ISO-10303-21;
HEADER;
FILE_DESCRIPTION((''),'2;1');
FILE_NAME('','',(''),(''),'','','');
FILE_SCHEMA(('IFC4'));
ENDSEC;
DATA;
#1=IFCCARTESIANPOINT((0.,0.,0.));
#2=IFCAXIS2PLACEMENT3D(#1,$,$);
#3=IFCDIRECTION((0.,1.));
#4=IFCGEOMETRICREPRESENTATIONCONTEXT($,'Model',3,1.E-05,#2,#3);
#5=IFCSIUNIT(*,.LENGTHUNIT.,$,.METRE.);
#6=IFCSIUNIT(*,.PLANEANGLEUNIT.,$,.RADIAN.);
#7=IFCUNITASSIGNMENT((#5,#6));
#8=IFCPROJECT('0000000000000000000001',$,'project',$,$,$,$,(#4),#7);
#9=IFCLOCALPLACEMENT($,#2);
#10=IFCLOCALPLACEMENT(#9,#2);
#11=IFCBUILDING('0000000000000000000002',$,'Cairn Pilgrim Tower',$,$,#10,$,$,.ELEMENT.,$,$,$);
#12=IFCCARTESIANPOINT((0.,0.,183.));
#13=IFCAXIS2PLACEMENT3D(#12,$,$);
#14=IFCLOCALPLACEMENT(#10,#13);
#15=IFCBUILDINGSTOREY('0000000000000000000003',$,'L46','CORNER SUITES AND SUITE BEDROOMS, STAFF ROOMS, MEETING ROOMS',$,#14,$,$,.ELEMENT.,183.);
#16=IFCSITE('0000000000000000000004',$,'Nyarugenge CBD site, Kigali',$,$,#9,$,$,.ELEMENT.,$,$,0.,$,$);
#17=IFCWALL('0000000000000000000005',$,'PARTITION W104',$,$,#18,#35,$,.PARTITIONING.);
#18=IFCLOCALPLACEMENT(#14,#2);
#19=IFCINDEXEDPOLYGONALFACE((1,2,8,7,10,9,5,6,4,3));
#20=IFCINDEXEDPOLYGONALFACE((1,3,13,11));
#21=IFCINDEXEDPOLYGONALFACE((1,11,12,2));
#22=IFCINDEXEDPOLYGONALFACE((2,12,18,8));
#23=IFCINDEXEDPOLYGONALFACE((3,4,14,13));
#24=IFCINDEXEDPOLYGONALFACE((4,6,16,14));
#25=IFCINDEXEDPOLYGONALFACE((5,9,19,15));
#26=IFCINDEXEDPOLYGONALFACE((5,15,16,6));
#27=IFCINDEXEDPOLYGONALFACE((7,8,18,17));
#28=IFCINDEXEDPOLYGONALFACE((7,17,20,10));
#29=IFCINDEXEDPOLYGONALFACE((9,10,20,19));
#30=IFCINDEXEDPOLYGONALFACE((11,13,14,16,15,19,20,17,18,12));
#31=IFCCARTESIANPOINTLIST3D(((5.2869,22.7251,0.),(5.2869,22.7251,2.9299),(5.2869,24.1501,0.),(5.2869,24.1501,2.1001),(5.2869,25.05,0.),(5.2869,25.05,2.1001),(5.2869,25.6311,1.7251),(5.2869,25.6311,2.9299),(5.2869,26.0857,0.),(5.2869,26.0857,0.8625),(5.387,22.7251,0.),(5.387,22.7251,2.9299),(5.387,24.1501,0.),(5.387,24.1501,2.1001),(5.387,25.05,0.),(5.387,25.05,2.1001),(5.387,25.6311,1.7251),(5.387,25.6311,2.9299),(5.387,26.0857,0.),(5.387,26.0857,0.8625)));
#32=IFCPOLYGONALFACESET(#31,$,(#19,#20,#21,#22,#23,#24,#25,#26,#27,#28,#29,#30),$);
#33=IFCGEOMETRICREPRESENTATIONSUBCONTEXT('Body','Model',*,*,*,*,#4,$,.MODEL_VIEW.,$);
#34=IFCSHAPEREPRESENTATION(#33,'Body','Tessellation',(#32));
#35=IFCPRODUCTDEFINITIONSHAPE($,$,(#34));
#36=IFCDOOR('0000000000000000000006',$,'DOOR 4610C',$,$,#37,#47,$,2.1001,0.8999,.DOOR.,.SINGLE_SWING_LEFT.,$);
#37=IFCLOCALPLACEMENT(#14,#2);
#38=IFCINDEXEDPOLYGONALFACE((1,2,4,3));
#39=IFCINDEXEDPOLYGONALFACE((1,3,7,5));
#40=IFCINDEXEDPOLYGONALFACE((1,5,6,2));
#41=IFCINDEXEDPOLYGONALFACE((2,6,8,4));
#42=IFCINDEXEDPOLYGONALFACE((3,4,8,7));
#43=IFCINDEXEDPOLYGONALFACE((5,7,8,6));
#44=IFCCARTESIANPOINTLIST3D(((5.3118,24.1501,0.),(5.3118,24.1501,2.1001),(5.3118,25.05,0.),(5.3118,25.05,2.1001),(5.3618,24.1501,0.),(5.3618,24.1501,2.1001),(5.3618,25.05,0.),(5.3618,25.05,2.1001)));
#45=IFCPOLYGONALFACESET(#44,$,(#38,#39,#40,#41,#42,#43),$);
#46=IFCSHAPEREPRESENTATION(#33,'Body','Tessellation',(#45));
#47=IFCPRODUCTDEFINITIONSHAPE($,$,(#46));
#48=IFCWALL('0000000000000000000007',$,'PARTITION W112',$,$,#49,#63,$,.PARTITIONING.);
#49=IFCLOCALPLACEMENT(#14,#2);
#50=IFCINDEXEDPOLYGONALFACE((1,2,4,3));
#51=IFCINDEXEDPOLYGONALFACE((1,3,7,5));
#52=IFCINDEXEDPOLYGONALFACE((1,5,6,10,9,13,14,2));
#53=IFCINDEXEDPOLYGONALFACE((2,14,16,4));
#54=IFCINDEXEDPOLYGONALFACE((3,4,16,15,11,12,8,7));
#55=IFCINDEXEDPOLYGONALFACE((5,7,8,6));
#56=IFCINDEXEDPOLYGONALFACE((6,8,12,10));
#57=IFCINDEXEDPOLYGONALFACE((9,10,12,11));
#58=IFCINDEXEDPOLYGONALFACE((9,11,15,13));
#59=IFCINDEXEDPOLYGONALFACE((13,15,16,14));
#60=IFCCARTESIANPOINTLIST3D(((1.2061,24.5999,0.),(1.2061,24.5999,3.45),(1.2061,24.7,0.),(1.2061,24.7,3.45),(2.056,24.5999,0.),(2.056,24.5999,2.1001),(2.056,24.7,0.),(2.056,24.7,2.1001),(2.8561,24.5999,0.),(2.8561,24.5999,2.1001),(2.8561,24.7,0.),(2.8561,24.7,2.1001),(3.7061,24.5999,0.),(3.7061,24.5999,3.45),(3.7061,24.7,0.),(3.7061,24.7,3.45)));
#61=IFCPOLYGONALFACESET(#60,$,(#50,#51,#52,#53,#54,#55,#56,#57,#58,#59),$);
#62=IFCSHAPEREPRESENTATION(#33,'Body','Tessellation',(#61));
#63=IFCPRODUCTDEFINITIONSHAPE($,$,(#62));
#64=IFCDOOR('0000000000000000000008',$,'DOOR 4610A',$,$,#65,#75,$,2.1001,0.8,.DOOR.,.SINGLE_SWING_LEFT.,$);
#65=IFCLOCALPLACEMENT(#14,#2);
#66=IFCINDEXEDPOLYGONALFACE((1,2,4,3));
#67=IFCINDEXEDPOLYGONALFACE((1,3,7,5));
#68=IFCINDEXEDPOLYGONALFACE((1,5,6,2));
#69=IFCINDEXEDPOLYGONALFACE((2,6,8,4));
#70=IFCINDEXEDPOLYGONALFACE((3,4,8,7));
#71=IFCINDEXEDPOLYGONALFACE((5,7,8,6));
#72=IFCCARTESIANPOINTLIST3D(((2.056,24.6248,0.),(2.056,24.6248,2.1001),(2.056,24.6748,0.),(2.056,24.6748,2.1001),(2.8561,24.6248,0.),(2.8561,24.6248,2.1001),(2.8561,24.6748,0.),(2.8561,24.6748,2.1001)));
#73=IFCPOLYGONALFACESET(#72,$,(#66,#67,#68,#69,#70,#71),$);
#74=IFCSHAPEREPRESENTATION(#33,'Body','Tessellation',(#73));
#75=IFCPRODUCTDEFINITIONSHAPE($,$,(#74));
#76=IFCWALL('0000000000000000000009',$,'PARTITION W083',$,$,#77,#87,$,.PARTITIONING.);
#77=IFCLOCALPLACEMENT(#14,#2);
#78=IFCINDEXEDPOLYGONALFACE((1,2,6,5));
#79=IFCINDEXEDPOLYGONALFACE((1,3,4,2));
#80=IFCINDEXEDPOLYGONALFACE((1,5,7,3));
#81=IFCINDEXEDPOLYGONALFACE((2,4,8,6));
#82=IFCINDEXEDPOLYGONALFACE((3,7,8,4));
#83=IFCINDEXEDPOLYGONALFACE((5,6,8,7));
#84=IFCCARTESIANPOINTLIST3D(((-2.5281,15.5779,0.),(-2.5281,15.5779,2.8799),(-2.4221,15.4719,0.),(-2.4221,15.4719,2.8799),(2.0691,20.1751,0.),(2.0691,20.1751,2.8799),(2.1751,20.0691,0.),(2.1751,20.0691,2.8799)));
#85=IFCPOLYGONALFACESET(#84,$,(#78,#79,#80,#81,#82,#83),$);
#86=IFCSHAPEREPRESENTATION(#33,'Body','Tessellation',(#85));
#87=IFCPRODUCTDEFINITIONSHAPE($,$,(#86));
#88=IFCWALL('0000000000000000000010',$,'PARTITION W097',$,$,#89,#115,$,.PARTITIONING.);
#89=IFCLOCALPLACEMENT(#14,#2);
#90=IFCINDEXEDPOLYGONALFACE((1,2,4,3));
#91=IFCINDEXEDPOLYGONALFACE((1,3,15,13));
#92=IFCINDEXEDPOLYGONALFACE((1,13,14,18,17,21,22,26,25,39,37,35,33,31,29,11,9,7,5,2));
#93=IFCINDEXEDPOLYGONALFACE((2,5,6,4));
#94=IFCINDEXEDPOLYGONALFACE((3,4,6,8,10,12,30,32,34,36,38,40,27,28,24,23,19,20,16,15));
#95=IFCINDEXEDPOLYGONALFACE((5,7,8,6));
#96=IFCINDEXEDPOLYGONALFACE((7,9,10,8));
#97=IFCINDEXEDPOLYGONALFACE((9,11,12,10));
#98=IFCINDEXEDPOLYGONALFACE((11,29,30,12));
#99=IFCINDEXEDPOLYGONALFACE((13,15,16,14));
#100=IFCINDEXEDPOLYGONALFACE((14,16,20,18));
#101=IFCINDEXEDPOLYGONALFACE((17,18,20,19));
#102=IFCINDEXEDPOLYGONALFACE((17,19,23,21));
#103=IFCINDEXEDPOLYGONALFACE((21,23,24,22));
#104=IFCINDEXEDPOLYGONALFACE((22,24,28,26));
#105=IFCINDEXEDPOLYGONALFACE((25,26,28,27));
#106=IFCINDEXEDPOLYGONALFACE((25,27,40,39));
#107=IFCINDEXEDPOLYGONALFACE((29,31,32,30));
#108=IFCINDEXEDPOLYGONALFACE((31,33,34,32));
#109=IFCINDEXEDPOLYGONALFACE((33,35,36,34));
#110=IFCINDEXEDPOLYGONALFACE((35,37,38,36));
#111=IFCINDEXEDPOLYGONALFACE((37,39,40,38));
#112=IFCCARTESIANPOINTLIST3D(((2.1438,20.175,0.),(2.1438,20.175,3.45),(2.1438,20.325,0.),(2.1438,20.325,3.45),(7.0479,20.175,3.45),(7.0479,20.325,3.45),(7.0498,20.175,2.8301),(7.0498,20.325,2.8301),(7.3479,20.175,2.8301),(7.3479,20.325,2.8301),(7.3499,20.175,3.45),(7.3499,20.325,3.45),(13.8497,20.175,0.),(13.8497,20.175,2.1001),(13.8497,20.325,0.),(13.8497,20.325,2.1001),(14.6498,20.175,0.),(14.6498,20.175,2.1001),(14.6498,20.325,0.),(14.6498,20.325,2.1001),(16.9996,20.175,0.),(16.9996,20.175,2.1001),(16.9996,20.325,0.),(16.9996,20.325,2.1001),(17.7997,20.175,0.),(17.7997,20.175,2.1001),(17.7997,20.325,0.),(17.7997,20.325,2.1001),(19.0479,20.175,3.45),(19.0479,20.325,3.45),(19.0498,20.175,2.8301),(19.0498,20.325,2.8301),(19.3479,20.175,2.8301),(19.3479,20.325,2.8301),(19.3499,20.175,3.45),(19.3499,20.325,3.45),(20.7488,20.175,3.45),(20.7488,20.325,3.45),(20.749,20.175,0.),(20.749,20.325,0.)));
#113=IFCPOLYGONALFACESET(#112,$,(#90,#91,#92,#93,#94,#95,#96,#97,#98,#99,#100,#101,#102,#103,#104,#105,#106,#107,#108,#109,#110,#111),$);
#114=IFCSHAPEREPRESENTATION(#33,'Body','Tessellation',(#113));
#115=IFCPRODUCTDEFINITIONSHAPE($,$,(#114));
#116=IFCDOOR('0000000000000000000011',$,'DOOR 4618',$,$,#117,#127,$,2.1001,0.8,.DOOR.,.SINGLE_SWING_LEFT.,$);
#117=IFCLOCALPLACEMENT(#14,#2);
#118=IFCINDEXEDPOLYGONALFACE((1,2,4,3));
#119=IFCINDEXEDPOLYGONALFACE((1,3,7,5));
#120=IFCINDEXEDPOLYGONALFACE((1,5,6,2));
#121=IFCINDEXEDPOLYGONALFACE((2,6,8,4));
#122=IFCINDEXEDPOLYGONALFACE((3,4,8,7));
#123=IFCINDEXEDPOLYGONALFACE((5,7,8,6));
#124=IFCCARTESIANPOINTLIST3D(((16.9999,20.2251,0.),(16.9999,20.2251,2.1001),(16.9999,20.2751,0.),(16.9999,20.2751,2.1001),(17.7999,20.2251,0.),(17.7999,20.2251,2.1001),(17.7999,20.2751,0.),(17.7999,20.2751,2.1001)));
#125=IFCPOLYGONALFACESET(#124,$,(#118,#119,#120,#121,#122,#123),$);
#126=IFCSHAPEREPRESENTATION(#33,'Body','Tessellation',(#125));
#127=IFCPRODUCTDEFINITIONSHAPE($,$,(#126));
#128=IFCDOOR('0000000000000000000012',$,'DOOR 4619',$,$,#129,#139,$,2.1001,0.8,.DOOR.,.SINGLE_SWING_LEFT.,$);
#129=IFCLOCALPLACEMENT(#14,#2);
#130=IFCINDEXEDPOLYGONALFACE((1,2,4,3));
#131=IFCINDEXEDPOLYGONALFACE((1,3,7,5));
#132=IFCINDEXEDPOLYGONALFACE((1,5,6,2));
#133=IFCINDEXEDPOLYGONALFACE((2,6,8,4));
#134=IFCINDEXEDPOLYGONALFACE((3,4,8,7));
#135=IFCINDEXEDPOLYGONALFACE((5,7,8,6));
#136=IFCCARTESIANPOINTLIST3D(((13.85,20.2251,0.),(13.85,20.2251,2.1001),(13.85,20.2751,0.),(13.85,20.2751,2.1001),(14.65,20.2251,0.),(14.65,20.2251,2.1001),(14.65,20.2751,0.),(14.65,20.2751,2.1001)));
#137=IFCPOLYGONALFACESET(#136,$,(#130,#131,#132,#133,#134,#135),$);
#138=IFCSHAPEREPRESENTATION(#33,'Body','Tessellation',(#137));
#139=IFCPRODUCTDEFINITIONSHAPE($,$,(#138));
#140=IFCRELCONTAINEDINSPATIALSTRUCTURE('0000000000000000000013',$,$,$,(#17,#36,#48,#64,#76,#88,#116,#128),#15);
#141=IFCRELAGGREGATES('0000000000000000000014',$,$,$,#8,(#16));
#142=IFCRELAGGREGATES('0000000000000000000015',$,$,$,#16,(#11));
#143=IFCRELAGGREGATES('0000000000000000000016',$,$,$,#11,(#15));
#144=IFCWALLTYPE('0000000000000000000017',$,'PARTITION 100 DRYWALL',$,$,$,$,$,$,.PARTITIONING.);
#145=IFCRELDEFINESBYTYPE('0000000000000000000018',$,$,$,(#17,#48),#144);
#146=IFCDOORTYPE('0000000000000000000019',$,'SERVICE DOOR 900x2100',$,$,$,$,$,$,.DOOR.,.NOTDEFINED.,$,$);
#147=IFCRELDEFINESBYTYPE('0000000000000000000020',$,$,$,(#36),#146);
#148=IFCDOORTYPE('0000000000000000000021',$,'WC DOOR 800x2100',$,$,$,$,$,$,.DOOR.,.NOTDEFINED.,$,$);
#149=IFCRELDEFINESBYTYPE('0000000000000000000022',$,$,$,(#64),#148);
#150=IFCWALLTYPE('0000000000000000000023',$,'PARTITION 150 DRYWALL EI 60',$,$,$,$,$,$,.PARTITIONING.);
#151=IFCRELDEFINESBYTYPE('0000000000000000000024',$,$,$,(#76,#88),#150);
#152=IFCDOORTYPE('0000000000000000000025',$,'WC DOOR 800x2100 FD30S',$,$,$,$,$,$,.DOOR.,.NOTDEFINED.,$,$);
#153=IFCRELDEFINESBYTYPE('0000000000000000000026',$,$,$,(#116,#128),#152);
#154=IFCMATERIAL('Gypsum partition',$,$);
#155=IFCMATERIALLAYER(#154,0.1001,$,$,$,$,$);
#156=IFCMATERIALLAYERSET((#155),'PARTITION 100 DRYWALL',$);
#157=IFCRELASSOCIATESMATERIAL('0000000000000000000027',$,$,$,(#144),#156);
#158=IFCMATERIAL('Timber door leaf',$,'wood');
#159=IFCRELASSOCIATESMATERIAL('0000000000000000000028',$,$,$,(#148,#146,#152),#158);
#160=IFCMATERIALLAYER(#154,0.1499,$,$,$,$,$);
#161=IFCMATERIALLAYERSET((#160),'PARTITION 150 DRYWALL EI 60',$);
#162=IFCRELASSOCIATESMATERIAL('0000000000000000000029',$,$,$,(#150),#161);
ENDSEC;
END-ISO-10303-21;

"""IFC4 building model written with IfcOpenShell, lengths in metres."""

from ifc_helpers import new_model, si_unit, direction, frame, frame_2d, origin, place, context, subcontext, project, spatial, polyline, rectangle, outline, extrude, material, layer, layer_set, type_object, element, fill, save


model = new_model("IFC4")

# Units and contexts
model_context = context("Model", 3, precision=1e-05, world=origin(), true_north=direction((0.0, 1.0)))
body_context = subcontext(model_context, "Body", "Model", "MODEL_VIEW")
ifc_project = project(units=[si_unit("LENGTHUNIT", "METRE"), si_unit("PLANEANGLEUNIT", "RADIAN")], contexts=[model_context])

# Site, building, storey
site_placement = place(None, origin())
site = spatial("IfcSite", under=ifc_project, at=site_placement, Name="Nyarugenge CBD site, Kigali", CompositionType="ELEMENT", RefElevation=0.0)
building_placement = place(site_placement, origin())
building = spatial("IfcBuilding", under=site, at=building_placement, Name="Cairn Pilgrim Tower", CompositionType="ELEMENT")
storey_placement = place(building_placement, frame((0.0, 0.0, 183.0)))
storey = spatial("IfcBuildingStorey", under=building, at=storey_placement, Name="L46", Description="CORNER SUITES AND SUITE BEDROOMS, STAFF ROOMS, MEETING ROOMS", CompositionType="ELEMENT", Elevation=183.0)

# Shared definitions
ifc_material_1 = material(Name="Gypsum partition")
ifc_layer_1 = layer(ifc_material_1, 0.1001)
ifc_layer_set_1 = layer_set([ifc_layer_1], Name="PARTITION 100 DRYWALL")
wall_type_1 = type_object("IfcWallType", Name="PARTITION 100 DRYWALL", PredefinedType="PARTITIONING", material=ifc_layer_set_1)

# Shared definitions
ifc_material_2 = material(Name="Timber door leaf", Category="wood")
door_type_1 = type_object("IfcDoorType", Name="WC DOOR 800x2100", OperationType="NOTDEFINED", PredefinedType="DOOR", material=ifc_material_2)

# Walls, openings, doors
wall_1_placement = place(storey_placement, frame((5.3369, 22.7251, 0.0), z_axis=(0.0, 0.0, 1.0), x_axis=(0.0, 1.0, 0.0)))
wall_1 = element("IfcWall", 1, at=wall_1_placement, inside=storey, type_object=wall_type_1, Name="PARTITION W104", PredefinedType="PARTITIONING", context=body_context, shape_type="SweptSolid", body=[
    extrude(outline(polyline([(0.0, 0.0), (3.3606, 0.0), (3.3606, 0.8625), (2.906, 1.7251), (2.906, 2.5874), (2.906, 2.9299), (0.0, 2.9299), (0.0, 2.5874), (0.0, 1.7251), (0.0, 0.8625), (0.0, 0.0)])), frame((0.0, 0.05, 0.0), z_axis=(0.0, -1.0, 0.0), x_axis=(1.0, 0.0, 0.0)), (0.0, 0.0, 1.0), 0.1001),
])
opening_1_placement = place(wall_1_placement, frame((1.425, 0.0, 0.0)))
opening_1 = element("IfcOpeningElement", 2, at=opening_1_placement, cuts=wall_1, PredefinedType="OPENING", context=body_context, shape_type="SweptSolid", body=[
    extrude(rectangle(XDim=0.8999, YDim=2.1001, at=frame_2d((0.45, 1.05))), frame((0.0, 0.0601, 0.0), z_axis=(0.0, -1.0, 0.0), x_axis=(1.0, 0.0, 0.0)), (0.0, 0.0, 1.0), 0.1201),
])
door_type_2 = type_object("IfcDoorType", Name="SERVICE DOOR 900x2100", OperationType="NOTDEFINED", PredefinedType="DOOR", material=ifc_material_2)
door_1_placement = place(opening_1_placement, frame((0.8999, 0.0, 0.0), z_axis=(0.0, 0.0, 1.0), x_axis=(-1.0, 0.0, 0.0)))
door_1 = element("IfcDoor", 3, at=door_1_placement, inside=storey, type_object=door_type_2, Name="DOOR 4610C", OperationType="SINGLE_SWING_LEFT", OverallHeight=2.1001, OverallWidth=0.8999, PredefinedType="DOOR", context=body_context, shape_type="SweptSolid", body=[
    extrude(rectangle(XDim=0.8999, YDim=2.1001, at=frame_2d((0.45, 1.05))), frame((0.0, 0.0249, 0.0), z_axis=(0.0, -1.0, 0.0), x_axis=(1.0, 0.0, 0.0)), (0.0, 0.0, 1.0), 0.05),
])
fill(opening_1, door_1)
wall_2_placement = place(storey_placement, frame((1.2061, 24.6499, 0.0), z_axis=(0.0, 0.0, 1.0), x_axis=(1.0, 0.0, 0.0)))
wall_2 = element("IfcWall", 4, at=wall_2_placement, inside=storey, type_object=wall_type_1, Name="PARTITION W112", PredefinedType="PARTITIONING", context=body_context, shape_type="SweptSolid", body=[
    extrude(rectangle(XDim=2.5, YDim=0.1001, at=frame_2d((1.25, 0.0))), origin(), (0.0, 0.0, 1.0), 3.45),
])
opening_2_placement = place(wall_2_placement, frame((0.8501, 0.0, 0.0)))
opening_2 = element("IfcOpeningElement", 5, at=opening_2_placement, cuts=wall_2, PredefinedType="OPENING", context=body_context, shape_type="SweptSolid", body=[
    extrude(rectangle(XDim=0.8, YDim=2.1001, at=frame_2d((0.3999, 1.05))), frame((0.0, 0.0601, 0.0), z_axis=(0.0, -1.0, 0.0), x_axis=(1.0, 0.0, 0.0)), (0.0, 0.0, 1.0), 0.1201),
])
door_2_placement = place(opening_2_placement, origin())
door_2 = element("IfcDoor", 6, at=door_2_placement, inside=storey, type_object=door_type_1, Name="DOOR 4610A", OperationType="SINGLE_SWING_LEFT", OverallHeight=2.1001, OverallWidth=0.8, PredefinedType="DOOR", context=body_context, shape_type="SweptSolid", body=[
    extrude(rectangle(XDim=0.8, YDim=2.1001, at=frame_2d((0.3999, 1.05))), frame((0.0, 0.0249, 0.0), z_axis=(0.0, -1.0, 0.0), x_axis=(1.0, 0.0, 0.0)), (0.0, 0.0, 1.0), 0.05),
])
fill(opening_2, door_2)

# Wall
ifc_layer_2 = layer(ifc_material_1, 0.1499)
ifc_layer_set_2 = layer_set([ifc_layer_2], Name="PARTITION 150 DRYWALL EI 60")
wall_type_2 = type_object("IfcWallType", Name="PARTITION 150 DRYWALL EI 60", PredefinedType="PARTITIONING", material=ifc_layer_set_2)
wall_3_placement = place(storey_placement, frame((-2.4751, 15.5249, 0.0), z_axis=(0.0, 0.0, 1.0), x_axis=(0.707107, 0.707107, 0.0)))
element("IfcWall", 7, at=wall_3_placement, inside=storey, type_object=wall_type_2, Name="PARTITION W083", PredefinedType="PARTITIONING", context=body_context, shape_type="SweptSolid", body=[
    extrude(rectangle(XDim=6.5015, YDim=0.1499, at=frame_2d((3.2507, 0.0))), origin(), (0.0, 0.0, 1.0), 2.8799),
])

# Wall, openings, doors
wall_4_placement = place(storey_placement, frame((2.1438, 20.25, 0.0), z_axis=(0.0, 0.0, 1.0), x_axis=(1.0, 0.0, 0.0)))
wall_4 = element("IfcWall", 8, at=wall_4_placement, inside=storey, type_object=wall_type_2, Name="PARTITION W097", PredefinedType="PARTITIONING", context=body_context, shape_type="SweptSolid", body=[
    extrude(outline(polyline([(0.0, 0.0), (18.6052, 0.0), (18.605, 3.45), (17.2061, 3.45), (17.2041, 2.8301), (16.906, 2.8301), (16.9041, 3.45), (5.2061, 3.45), (5.2041, 2.8301), (4.906, 2.8301), (4.9041, 3.45), (0.0, 3.45), (0.0, 0.0)])), frame((0.0, 0.075, 0.0), z_axis=(0.0, -1.0, 0.0), x_axis=(1.0, 0.0, 0.0)), (0.0, 0.0, 1.0), 0.1499),
])
opening_3_placement = place(wall_4_placement, frame((14.856, 0.0, 0.0)))
opening_3 = element("IfcOpeningElement", 9, at=opening_3_placement, cuts=wall_4, PredefinedType="OPENING", context=body_context, shape_type="SweptSolid", body=[
    extrude(rectangle(XDim=0.8, YDim=2.1001, at=frame_2d((0.3999, 1.05))), frame((0.0, 0.085, 0.0), z_axis=(0.0, -1.0, 0.0), x_axis=(1.0, 0.0, 0.0)), (0.0, 0.0, 1.0), 0.1699),
])
opening_4_placement = place(wall_4_placement, frame((11.7061, 0.0, 0.0)))
opening_4 = element("IfcOpeningElement", 10, at=opening_4_placement, cuts=wall_4, PredefinedType="OPENING", context=body_context, shape_type="SweptSolid", body=[
    extrude(rectangle(XDim=0.8, YDim=2.1001, at=frame_2d((0.3999, 1.05))), frame((0.0, 0.085, 0.0), z_axis=(0.0, -1.0, 0.0), x_axis=(1.0, 0.0, 0.0)), (0.0, 0.0, 1.0), 0.1699),
])
door_type_3 = type_object("IfcDoorType", Name="WC DOOR 800x2100 FD30S", OperationType="NOTDEFINED", PredefinedType="DOOR", material=ifc_material_2)
door_3_placement = place(opening_3_placement, frame((0.8, 0.0, 0.0), z_axis=(0.0, 0.0, 1.0), x_axis=(-1.0, 0.0, 0.0)))
door_3 = element("IfcDoor", 11, at=door_3_placement, inside=storey, type_object=door_type_3, Name="DOOR 4618", OperationType="SINGLE_SWING_LEFT", OverallHeight=2.1001, OverallWidth=0.8, PredefinedType="DOOR", context=body_context, shape_type="SweptSolid", body=[
    extrude(rectangle(XDim=0.8, YDim=2.1001, at=frame_2d((0.3999, 1.05))), frame((0.0, 0.0249, 0.0), z_axis=(0.0, -1.0, 0.0), x_axis=(1.0, 0.0, 0.0)), (0.0, 0.0, 1.0), 0.05),
])
fill(opening_3, door_3)
door_4_placement = place(opening_4_placement, frame((0.8, 0.0, 0.0), z_axis=(0.0, 0.0, 1.0), x_axis=(-1.0, 0.0, 0.0)))
door_4 = element("IfcDoor", 12, at=door_4_placement, inside=storey, type_object=door_type_3, Name="DOOR 4619", OperationType="SINGLE_SWING_LEFT", OverallHeight=2.1001, OverallWidth=0.8, PredefinedType="DOOR", context=body_context, shape_type="SweptSolid", body=[
    extrude(rectangle(XDim=0.8, YDim=2.1001, at=frame_2d((0.3999, 1.05))), frame((0.0, 0.0249, 0.0), z_axis=(0.0, -1.0, 0.0), x_axis=(1.0, 0.0, 0.0)), (0.0, 0.0, 1.0), 0.05),
])
fill(opening_4, door_4)

save(model, "model.ifc")
